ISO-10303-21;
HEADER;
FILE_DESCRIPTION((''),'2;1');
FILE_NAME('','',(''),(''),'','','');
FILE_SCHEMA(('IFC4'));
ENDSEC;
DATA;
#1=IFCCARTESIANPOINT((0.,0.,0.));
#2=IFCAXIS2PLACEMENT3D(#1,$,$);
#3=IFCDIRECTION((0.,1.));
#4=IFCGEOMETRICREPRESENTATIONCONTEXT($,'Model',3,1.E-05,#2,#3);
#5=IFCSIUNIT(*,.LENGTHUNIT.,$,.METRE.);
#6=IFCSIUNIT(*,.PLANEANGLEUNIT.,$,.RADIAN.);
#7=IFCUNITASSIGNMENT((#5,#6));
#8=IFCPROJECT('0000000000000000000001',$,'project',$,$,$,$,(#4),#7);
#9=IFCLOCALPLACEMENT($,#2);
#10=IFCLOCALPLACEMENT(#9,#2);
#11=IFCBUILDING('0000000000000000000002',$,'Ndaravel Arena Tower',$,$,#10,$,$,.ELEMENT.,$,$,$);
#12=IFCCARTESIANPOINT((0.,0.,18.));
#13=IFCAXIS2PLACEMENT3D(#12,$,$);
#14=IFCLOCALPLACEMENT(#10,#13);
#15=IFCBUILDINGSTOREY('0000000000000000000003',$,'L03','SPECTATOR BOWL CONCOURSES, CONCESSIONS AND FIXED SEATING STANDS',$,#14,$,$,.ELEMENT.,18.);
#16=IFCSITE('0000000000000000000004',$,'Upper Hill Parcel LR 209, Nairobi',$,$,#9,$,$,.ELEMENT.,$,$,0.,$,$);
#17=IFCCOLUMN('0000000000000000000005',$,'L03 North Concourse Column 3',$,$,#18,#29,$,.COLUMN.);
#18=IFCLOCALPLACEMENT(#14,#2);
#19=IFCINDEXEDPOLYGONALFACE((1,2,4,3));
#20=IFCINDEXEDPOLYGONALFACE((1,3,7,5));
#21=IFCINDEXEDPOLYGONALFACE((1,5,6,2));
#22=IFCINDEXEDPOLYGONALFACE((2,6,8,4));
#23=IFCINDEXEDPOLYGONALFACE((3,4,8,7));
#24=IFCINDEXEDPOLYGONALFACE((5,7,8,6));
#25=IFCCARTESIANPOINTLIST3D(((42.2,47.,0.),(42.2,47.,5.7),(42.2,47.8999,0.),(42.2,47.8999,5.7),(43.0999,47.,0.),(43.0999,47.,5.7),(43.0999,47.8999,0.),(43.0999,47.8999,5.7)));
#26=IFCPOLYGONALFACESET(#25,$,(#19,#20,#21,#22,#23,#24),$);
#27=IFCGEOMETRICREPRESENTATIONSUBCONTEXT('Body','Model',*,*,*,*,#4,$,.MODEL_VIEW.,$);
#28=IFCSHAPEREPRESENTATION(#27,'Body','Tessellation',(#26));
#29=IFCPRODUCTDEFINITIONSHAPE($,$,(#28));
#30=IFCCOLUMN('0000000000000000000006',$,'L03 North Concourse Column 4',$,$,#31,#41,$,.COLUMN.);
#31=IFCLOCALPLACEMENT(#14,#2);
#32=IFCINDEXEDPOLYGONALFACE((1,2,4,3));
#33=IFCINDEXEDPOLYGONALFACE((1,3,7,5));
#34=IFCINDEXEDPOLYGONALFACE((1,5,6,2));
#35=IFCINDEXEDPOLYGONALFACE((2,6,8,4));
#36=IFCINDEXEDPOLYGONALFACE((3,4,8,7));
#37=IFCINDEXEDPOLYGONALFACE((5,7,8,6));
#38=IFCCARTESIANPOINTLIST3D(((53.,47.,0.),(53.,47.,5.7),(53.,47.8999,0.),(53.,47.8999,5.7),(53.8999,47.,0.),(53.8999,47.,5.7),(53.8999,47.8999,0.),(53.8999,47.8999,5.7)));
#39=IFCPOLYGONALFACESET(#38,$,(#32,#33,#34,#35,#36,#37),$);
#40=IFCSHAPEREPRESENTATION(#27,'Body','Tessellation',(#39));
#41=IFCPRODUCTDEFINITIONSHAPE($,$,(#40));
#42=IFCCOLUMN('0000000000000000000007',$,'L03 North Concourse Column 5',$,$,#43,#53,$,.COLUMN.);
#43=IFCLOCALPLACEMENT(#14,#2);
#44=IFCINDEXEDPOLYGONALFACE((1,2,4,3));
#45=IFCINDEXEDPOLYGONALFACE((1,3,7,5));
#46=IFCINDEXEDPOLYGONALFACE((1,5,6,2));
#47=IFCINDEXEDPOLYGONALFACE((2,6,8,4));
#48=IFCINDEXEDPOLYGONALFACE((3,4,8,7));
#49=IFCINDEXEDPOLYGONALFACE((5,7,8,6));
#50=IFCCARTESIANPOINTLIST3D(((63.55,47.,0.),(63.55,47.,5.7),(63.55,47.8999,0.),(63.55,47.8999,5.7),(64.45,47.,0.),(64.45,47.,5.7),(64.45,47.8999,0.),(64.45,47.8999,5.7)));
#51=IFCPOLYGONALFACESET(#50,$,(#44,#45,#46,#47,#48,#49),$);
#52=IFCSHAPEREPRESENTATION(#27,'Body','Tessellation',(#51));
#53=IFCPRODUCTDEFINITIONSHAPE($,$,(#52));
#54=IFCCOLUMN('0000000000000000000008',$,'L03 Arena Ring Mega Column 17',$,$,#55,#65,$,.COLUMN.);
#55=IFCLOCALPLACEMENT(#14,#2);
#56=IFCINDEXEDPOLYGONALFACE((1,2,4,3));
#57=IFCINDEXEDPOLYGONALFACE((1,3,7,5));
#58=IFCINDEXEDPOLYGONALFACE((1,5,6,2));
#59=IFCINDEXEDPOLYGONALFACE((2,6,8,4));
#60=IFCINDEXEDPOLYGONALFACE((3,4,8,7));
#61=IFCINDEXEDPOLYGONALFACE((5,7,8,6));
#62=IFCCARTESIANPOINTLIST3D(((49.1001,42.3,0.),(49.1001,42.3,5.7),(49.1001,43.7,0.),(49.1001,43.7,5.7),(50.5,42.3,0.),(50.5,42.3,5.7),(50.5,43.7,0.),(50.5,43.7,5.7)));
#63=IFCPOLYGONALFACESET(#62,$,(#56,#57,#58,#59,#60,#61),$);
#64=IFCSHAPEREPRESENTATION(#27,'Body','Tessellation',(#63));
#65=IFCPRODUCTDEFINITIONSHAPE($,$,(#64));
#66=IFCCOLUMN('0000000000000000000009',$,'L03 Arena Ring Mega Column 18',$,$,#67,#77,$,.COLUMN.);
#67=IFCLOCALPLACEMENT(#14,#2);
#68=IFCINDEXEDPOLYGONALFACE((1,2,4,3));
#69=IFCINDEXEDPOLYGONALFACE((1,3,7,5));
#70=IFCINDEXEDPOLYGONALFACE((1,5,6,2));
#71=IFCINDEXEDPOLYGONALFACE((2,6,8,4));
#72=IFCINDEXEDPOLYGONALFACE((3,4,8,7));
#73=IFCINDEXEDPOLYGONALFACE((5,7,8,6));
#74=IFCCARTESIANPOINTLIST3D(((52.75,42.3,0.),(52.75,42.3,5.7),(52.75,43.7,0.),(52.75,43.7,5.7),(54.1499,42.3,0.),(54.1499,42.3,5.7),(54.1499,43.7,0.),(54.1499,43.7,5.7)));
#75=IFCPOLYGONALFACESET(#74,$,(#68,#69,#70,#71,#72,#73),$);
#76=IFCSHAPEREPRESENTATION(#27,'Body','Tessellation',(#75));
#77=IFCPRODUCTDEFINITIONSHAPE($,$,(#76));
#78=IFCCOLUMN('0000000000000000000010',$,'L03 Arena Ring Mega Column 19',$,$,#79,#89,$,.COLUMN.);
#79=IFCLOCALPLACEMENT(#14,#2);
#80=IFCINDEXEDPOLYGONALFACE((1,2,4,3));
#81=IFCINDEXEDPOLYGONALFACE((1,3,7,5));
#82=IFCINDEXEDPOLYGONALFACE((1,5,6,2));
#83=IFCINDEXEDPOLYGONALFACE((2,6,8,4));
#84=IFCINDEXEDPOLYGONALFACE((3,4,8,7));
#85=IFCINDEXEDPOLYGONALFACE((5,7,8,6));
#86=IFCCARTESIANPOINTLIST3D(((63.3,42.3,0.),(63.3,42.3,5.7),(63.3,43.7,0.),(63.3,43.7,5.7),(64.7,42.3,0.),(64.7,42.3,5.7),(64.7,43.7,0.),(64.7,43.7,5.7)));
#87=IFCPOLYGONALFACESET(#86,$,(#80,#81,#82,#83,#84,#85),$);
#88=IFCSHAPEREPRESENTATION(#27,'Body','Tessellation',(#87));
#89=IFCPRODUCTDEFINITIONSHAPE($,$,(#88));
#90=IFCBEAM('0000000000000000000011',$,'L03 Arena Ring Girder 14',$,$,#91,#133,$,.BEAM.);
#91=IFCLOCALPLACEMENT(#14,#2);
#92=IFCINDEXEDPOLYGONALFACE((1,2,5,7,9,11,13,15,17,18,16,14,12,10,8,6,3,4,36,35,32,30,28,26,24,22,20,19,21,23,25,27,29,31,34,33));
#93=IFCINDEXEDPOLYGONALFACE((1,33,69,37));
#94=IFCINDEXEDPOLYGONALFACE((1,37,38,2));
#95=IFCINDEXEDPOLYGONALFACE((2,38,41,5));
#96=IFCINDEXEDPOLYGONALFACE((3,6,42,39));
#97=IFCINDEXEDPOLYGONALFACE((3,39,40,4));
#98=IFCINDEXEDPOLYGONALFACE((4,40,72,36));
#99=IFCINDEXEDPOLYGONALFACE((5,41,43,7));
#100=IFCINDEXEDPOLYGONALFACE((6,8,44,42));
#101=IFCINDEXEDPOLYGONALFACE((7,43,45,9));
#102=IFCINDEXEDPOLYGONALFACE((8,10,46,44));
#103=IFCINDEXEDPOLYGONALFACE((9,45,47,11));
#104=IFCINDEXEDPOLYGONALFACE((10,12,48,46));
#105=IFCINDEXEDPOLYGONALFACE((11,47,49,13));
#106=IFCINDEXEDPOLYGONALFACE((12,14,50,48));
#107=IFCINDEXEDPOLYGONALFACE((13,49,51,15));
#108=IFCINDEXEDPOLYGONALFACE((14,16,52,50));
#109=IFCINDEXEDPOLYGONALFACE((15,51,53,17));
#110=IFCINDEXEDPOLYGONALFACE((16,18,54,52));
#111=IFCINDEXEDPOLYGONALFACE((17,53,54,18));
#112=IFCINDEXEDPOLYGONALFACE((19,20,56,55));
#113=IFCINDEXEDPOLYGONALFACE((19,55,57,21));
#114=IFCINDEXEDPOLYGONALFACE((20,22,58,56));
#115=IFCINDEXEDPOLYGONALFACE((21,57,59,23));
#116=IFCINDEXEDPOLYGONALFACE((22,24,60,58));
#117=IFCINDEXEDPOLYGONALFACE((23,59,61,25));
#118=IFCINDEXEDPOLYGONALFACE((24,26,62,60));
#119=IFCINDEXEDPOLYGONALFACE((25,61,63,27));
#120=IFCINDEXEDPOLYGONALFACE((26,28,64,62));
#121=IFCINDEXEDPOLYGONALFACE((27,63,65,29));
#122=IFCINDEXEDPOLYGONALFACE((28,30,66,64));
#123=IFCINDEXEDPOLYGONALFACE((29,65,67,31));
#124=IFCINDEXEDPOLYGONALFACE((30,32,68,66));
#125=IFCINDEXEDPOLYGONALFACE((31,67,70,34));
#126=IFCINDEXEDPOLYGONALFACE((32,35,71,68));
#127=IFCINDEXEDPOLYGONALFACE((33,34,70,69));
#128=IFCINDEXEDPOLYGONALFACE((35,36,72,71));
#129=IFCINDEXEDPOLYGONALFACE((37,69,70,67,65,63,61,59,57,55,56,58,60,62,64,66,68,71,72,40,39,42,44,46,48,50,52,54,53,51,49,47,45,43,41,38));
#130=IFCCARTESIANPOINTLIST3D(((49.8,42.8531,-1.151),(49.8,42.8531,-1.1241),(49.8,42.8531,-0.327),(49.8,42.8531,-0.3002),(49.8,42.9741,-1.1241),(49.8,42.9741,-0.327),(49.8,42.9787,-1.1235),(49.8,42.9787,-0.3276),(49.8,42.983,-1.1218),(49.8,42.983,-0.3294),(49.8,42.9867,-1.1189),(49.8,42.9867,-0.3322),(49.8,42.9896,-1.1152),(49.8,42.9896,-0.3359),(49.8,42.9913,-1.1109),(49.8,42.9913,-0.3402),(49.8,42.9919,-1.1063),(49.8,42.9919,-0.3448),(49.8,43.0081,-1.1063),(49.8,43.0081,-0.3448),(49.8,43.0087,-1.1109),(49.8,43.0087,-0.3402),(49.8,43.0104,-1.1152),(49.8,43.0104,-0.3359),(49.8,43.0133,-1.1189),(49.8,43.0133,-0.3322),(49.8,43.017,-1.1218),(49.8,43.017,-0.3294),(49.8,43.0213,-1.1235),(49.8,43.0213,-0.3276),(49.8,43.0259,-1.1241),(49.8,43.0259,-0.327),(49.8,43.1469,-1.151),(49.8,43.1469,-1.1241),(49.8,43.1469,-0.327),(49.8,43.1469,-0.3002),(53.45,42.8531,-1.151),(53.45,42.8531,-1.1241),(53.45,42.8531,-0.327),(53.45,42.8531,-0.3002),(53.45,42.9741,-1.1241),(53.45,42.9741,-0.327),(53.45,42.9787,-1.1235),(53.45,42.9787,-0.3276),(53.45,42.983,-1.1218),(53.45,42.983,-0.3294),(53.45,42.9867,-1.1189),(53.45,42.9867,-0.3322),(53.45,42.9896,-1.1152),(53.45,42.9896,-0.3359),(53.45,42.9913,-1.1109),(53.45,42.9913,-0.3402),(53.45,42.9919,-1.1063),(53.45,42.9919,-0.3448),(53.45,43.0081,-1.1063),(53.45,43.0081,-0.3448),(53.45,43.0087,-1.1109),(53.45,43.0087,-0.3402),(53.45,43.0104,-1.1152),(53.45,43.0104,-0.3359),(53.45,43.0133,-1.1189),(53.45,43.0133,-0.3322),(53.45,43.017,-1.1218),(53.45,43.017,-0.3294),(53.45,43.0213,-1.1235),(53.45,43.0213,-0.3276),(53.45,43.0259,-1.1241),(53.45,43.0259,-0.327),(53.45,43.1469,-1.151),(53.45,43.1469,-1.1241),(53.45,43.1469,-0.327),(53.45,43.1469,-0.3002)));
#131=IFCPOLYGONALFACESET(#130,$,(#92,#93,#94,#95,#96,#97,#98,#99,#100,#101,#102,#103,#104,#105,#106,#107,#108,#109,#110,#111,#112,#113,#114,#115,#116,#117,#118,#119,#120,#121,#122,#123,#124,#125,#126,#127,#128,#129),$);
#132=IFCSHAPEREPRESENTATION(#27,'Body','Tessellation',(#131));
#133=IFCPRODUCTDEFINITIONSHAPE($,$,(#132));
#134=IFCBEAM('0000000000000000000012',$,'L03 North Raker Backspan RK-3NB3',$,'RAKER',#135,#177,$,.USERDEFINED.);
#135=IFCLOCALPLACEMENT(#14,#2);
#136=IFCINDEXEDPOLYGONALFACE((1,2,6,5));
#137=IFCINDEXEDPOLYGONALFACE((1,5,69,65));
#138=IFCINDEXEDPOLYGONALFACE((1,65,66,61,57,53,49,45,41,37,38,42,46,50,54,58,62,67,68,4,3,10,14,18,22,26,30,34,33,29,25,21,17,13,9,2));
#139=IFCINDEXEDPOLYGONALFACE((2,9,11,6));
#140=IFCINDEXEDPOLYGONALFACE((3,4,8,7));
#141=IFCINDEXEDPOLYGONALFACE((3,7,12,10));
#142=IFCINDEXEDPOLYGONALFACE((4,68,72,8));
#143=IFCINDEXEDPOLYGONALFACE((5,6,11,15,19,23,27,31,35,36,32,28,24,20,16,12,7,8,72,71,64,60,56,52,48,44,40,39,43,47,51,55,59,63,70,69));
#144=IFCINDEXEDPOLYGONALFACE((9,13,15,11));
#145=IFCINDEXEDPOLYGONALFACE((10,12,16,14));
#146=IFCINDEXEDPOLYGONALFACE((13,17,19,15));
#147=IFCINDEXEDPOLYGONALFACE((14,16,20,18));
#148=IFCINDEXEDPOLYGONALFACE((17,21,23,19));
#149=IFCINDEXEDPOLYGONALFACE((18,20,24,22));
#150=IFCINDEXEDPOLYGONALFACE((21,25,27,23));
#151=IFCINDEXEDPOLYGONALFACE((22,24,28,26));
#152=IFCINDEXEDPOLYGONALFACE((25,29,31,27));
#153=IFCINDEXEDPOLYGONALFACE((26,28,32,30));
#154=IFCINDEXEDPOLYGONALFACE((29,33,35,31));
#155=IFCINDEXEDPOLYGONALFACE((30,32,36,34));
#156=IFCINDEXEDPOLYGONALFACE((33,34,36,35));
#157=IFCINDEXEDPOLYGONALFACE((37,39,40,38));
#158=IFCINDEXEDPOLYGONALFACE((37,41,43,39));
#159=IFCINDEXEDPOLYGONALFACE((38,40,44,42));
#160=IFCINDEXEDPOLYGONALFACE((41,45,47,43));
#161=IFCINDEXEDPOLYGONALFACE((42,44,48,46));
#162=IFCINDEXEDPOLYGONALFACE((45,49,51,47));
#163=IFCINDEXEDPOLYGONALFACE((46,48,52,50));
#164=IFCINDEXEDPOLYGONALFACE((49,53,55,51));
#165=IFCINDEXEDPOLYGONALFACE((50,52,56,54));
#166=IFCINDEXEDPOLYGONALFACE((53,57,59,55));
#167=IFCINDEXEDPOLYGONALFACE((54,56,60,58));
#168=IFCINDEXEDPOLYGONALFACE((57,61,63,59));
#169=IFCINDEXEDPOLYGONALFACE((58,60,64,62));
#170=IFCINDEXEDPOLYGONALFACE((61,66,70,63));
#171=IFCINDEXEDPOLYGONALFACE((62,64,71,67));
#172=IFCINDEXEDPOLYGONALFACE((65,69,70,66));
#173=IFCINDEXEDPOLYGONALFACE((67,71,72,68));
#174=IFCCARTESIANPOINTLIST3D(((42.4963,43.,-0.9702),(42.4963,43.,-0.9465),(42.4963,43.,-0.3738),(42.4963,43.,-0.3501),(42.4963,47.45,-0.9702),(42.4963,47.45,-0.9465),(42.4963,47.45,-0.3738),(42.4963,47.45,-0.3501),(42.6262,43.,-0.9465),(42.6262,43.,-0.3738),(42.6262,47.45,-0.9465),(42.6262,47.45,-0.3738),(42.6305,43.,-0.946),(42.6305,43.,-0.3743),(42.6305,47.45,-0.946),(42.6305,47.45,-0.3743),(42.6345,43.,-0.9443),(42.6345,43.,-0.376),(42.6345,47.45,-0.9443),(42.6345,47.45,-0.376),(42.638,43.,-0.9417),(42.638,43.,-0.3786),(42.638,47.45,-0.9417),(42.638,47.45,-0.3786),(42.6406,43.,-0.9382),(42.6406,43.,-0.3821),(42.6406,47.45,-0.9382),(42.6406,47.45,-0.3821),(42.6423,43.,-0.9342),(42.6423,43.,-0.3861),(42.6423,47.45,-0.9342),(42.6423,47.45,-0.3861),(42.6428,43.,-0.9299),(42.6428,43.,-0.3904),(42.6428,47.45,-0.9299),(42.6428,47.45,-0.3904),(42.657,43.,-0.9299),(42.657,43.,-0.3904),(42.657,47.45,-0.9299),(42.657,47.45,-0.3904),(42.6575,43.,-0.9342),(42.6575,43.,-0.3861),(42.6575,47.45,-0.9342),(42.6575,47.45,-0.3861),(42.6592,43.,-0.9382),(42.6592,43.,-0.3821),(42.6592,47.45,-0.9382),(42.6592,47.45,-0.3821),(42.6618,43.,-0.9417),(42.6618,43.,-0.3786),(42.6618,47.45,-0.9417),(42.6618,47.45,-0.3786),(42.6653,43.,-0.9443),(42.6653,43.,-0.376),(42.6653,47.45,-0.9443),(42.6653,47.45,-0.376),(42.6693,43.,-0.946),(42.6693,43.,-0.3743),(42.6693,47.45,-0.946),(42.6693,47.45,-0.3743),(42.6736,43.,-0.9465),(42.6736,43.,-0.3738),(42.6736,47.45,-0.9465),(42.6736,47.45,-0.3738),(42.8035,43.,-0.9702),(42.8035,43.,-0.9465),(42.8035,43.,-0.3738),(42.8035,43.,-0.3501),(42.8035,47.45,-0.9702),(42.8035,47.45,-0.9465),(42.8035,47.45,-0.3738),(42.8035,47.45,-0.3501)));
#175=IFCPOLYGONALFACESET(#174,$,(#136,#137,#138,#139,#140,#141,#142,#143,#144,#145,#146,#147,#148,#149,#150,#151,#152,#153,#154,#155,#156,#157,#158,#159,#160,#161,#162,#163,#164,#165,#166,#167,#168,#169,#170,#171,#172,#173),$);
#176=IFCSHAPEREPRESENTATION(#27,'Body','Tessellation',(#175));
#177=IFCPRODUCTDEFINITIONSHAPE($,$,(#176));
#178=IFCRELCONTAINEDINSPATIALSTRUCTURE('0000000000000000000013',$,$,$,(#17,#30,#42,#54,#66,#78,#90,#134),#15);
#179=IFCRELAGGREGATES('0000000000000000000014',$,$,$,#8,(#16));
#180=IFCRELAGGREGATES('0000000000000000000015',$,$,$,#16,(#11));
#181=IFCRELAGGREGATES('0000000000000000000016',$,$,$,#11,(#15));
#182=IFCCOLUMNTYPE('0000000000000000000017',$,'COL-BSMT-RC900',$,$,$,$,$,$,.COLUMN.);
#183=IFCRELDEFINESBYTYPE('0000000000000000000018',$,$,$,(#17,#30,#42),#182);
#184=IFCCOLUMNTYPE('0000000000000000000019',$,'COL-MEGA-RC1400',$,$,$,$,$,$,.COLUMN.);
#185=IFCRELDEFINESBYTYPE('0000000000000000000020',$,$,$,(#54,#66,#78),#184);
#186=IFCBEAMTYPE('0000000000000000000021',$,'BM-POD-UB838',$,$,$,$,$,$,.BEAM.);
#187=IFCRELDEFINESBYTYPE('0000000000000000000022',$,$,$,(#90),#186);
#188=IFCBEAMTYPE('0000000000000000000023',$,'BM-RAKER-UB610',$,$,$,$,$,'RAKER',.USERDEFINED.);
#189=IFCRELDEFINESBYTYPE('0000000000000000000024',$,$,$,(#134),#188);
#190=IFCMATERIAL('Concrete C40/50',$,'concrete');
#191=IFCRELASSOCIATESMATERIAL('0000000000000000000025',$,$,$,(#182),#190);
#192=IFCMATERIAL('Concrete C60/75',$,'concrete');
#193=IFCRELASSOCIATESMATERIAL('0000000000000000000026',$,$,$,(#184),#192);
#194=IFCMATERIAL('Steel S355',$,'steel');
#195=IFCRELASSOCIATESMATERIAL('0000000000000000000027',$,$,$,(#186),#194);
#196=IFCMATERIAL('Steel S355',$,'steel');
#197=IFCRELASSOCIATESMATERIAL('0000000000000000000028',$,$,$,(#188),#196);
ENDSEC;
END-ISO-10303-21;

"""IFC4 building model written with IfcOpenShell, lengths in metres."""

from ifc_helpers import new_model, si_unit, direction, frame, origin, origin_2d, place, context, subcontext, project, spatial, rectangle, i_section, extrude, material, material_profile, profile_set, type_object, element, save


model = new_model("IFC4")

# Units and contexts
model_context = context("Model", 3, precision=1e-05, world=origin(), true_north=direction((0.0, 1.0)))
body_context = subcontext(model_context, "Body", "Model", "MODEL_VIEW")
ifc_project = project(units=[si_unit("LENGTHUNIT", "METRE"), si_unit("PLANEANGLEUNIT", "RADIAN")], contexts=[model_context])

# Site, building, storey
site_placement = place(None, origin())
site = spatial("IfcSite", under=ifc_project, at=site_placement, Name="Upper Hill Parcel LR 209, Nairobi", CompositionType="ELEMENT", RefElevation=0.0)
building_placement = place(site_placement, origin())
building = spatial("IfcBuilding", under=site, at=building_placement, Name="Ndaravel Arena Tower", CompositionType="ELEMENT")
storey_placement = place(building_placement, frame((0.0, 0.0, 18.0)))
storey = spatial("IfcBuildingStorey", under=building, at=storey_placement, Name="L03", Description="SPECTATOR BOWL CONCOURSES, CONCESSIONS AND FIXED SEATING STANDS", CompositionType="ELEMENT", Elevation=18.0)

# Columns
ifc_material_1 = material(Name="Concrete C40/50", Category="concrete")
ifc_material_profile_1 = material_profile(ifc_material_1, rectangle(XDim=0.8999, YDim=0.8999, at=origin_2d()), Name="RC 900x900")
ifc_profile_set_1 = profile_set([ifc_material_profile_1], Name="Concrete C40/50")
column_type_1 = type_object("IfcColumnType", Name="COL-BSMT-RC900", PredefinedType="COLUMN", material=ifc_profile_set_1)
for number, where, z_axis, x_axis, name in (
    (1, (42.6499, 47.45, 0.0), (0.0, 0.0, 1.0), (1.0, 0.0, 0.0), "L03 North Concourse Column 3"),
    (2, (53.45, 47.45, 0.0), (0.0, 0.0, 1.0), (1.0, 0.0, 0.0), "L03 North Concourse Column 4"),
    (3, (64.0, 47.45, 0.0), (0.0, 0.0, 1.0), (1.0, 0.0, 0.0), "L03 North Concourse Column 5"),
):
    element("IfcColumn", number, at=place(storey_placement, frame(where, z_axis=z_axis, x_axis=x_axis)), inside=storey, type_object=column_type_1, Name=name, PredefinedType="COLUMN", context=body_context, shape_type="SweptSolid", body=[
        extrude(rectangle(XDim=0.8999, YDim=0.8999, at=origin_2d()), origin(), (0.0, 0.0, 1.0), 5.7),
    ])
ifc_material_2 = material(Name="Concrete C60/75", Category="concrete")
ifc_material_profile_2 = material_profile(ifc_material_2, rectangle(XDim=1.3999, YDim=1.3999, at=origin_2d()), Name="RC 1400x1400")
ifc_profile_set_2 = profile_set([ifc_material_profile_2], Name="Concrete C60/75")
column_type_2 = type_object("IfcColumnType", Name="COL-MEGA-RC1400", PredefinedType="COLUMN", material=ifc_profile_set_2)
for number, where, z_axis, x_axis, name in (
    (4, (49.8, 43.0, 0.0), (0.0, 0.0, 1.0), (1.0, 0.0, 0.0), "L03 Arena Ring Mega Column 17"),
    (5, (53.45, 43.0, 0.0), (0.0, 0.0, 1.0), (1.0, 0.0, 0.0), "L03 Arena Ring Mega Column 18"),
    (6, (64.0, 43.0, 0.0), (0.0, 0.0, 1.0), (1.0, 0.0, 0.0), "L03 Arena Ring Mega Column 19"),
):
    element("IfcColumn", number, at=place(storey_placement, frame(where, z_axis=z_axis, x_axis=x_axis)), inside=storey, type_object=column_type_2, Name=name, PredefinedType="COLUMN", context=body_context, shape_type="SweptSolid", body=[
        extrude(rectangle(XDim=1.3999, YDim=1.3999, at=origin_2d()), origin(), (0.0, 0.0, 1.0), 5.7),
    ])

# Beams
ifc_material_3 = material(Name="Steel S355", Category="steel")
ifc_material_profile_3 = material_profile(ifc_material_3, i_section(OverallWidth=0.2937, OverallDepth=0.8508, WebThickness=0.0161, FlangeThickness=0.0269, FilletRadius=0.0178, at=origin_2d()), Name="UB 838x292x226")
ifc_profile_set_3 = profile_set([ifc_material_profile_3], Name="Steel S355")
beam_type_1 = type_object("IfcBeamType", Name="BM-POD-UB838", PredefinedType="BEAM", material=ifc_profile_set_3)
beam_1_placement = place(storey_placement, frame((49.8, 43.0, -0.7256), z_axis=(1.0, 0.0, 0.0), x_axis=(0.0, 1.0, 0.0)))
element("IfcBeam", 7, at=beam_1_placement, inside=storey, type_object=beam_type_1, Name="L03 Arena Ring Girder 14", PredefinedType="BEAM", context=body_context, shape_type="SweptSolid", body=[
    extrude(i_section(OverallWidth=0.2937, OverallDepth=0.8508, WebThickness=0.0161, FlangeThickness=0.0269, FilletRadius=0.0178, at=origin_2d()), origin(), (0.0, 0.0, 1.0), 3.6499),
])
ifc_material_4 = material(Name="Steel S355", Category="steel")
ifc_material_profile_4 = material_profile(ifc_material_4, i_section(OverallWidth=0.3071, OverallDepth=0.6201, WebThickness=0.0142, FlangeThickness=0.0237, FilletRadius=0.0166, at=origin_2d()), Name="UB 610x305x179")
ifc_profile_set_4 = profile_set([ifc_material_profile_4], Name="Steel S355")
beam_type_2 = type_object("IfcBeamType", Name="BM-RAKER-UB610", ElementType="RAKER", PredefinedType="USERDEFINED", material=ifc_profile_set_4)
beam_2_placement = place(storey_placement, frame((42.6499, 47.45, -0.6602), z_axis=(0.0, -1.0, 0.0), x_axis=(1.0, 0.0, 0.0)))
element("IfcBeam", 8, at=beam_2_placement, inside=storey, type_object=beam_type_2, Name="L03 North Raker Backspan RK-3NB3", ObjectType="RAKER", PredefinedType="USERDEFINED", context=body_context, shape_type="SweptSolid", body=[
    extrude(i_section(OverallWidth=0.3071, OverallDepth=0.6201, WebThickness=0.0142, FlangeThickness=0.0237, FilletRadius=0.0166, at=origin_2d()), origin(), (0.0, 0.0, 1.0), 4.45),
])

save(model, "model.ifc")
